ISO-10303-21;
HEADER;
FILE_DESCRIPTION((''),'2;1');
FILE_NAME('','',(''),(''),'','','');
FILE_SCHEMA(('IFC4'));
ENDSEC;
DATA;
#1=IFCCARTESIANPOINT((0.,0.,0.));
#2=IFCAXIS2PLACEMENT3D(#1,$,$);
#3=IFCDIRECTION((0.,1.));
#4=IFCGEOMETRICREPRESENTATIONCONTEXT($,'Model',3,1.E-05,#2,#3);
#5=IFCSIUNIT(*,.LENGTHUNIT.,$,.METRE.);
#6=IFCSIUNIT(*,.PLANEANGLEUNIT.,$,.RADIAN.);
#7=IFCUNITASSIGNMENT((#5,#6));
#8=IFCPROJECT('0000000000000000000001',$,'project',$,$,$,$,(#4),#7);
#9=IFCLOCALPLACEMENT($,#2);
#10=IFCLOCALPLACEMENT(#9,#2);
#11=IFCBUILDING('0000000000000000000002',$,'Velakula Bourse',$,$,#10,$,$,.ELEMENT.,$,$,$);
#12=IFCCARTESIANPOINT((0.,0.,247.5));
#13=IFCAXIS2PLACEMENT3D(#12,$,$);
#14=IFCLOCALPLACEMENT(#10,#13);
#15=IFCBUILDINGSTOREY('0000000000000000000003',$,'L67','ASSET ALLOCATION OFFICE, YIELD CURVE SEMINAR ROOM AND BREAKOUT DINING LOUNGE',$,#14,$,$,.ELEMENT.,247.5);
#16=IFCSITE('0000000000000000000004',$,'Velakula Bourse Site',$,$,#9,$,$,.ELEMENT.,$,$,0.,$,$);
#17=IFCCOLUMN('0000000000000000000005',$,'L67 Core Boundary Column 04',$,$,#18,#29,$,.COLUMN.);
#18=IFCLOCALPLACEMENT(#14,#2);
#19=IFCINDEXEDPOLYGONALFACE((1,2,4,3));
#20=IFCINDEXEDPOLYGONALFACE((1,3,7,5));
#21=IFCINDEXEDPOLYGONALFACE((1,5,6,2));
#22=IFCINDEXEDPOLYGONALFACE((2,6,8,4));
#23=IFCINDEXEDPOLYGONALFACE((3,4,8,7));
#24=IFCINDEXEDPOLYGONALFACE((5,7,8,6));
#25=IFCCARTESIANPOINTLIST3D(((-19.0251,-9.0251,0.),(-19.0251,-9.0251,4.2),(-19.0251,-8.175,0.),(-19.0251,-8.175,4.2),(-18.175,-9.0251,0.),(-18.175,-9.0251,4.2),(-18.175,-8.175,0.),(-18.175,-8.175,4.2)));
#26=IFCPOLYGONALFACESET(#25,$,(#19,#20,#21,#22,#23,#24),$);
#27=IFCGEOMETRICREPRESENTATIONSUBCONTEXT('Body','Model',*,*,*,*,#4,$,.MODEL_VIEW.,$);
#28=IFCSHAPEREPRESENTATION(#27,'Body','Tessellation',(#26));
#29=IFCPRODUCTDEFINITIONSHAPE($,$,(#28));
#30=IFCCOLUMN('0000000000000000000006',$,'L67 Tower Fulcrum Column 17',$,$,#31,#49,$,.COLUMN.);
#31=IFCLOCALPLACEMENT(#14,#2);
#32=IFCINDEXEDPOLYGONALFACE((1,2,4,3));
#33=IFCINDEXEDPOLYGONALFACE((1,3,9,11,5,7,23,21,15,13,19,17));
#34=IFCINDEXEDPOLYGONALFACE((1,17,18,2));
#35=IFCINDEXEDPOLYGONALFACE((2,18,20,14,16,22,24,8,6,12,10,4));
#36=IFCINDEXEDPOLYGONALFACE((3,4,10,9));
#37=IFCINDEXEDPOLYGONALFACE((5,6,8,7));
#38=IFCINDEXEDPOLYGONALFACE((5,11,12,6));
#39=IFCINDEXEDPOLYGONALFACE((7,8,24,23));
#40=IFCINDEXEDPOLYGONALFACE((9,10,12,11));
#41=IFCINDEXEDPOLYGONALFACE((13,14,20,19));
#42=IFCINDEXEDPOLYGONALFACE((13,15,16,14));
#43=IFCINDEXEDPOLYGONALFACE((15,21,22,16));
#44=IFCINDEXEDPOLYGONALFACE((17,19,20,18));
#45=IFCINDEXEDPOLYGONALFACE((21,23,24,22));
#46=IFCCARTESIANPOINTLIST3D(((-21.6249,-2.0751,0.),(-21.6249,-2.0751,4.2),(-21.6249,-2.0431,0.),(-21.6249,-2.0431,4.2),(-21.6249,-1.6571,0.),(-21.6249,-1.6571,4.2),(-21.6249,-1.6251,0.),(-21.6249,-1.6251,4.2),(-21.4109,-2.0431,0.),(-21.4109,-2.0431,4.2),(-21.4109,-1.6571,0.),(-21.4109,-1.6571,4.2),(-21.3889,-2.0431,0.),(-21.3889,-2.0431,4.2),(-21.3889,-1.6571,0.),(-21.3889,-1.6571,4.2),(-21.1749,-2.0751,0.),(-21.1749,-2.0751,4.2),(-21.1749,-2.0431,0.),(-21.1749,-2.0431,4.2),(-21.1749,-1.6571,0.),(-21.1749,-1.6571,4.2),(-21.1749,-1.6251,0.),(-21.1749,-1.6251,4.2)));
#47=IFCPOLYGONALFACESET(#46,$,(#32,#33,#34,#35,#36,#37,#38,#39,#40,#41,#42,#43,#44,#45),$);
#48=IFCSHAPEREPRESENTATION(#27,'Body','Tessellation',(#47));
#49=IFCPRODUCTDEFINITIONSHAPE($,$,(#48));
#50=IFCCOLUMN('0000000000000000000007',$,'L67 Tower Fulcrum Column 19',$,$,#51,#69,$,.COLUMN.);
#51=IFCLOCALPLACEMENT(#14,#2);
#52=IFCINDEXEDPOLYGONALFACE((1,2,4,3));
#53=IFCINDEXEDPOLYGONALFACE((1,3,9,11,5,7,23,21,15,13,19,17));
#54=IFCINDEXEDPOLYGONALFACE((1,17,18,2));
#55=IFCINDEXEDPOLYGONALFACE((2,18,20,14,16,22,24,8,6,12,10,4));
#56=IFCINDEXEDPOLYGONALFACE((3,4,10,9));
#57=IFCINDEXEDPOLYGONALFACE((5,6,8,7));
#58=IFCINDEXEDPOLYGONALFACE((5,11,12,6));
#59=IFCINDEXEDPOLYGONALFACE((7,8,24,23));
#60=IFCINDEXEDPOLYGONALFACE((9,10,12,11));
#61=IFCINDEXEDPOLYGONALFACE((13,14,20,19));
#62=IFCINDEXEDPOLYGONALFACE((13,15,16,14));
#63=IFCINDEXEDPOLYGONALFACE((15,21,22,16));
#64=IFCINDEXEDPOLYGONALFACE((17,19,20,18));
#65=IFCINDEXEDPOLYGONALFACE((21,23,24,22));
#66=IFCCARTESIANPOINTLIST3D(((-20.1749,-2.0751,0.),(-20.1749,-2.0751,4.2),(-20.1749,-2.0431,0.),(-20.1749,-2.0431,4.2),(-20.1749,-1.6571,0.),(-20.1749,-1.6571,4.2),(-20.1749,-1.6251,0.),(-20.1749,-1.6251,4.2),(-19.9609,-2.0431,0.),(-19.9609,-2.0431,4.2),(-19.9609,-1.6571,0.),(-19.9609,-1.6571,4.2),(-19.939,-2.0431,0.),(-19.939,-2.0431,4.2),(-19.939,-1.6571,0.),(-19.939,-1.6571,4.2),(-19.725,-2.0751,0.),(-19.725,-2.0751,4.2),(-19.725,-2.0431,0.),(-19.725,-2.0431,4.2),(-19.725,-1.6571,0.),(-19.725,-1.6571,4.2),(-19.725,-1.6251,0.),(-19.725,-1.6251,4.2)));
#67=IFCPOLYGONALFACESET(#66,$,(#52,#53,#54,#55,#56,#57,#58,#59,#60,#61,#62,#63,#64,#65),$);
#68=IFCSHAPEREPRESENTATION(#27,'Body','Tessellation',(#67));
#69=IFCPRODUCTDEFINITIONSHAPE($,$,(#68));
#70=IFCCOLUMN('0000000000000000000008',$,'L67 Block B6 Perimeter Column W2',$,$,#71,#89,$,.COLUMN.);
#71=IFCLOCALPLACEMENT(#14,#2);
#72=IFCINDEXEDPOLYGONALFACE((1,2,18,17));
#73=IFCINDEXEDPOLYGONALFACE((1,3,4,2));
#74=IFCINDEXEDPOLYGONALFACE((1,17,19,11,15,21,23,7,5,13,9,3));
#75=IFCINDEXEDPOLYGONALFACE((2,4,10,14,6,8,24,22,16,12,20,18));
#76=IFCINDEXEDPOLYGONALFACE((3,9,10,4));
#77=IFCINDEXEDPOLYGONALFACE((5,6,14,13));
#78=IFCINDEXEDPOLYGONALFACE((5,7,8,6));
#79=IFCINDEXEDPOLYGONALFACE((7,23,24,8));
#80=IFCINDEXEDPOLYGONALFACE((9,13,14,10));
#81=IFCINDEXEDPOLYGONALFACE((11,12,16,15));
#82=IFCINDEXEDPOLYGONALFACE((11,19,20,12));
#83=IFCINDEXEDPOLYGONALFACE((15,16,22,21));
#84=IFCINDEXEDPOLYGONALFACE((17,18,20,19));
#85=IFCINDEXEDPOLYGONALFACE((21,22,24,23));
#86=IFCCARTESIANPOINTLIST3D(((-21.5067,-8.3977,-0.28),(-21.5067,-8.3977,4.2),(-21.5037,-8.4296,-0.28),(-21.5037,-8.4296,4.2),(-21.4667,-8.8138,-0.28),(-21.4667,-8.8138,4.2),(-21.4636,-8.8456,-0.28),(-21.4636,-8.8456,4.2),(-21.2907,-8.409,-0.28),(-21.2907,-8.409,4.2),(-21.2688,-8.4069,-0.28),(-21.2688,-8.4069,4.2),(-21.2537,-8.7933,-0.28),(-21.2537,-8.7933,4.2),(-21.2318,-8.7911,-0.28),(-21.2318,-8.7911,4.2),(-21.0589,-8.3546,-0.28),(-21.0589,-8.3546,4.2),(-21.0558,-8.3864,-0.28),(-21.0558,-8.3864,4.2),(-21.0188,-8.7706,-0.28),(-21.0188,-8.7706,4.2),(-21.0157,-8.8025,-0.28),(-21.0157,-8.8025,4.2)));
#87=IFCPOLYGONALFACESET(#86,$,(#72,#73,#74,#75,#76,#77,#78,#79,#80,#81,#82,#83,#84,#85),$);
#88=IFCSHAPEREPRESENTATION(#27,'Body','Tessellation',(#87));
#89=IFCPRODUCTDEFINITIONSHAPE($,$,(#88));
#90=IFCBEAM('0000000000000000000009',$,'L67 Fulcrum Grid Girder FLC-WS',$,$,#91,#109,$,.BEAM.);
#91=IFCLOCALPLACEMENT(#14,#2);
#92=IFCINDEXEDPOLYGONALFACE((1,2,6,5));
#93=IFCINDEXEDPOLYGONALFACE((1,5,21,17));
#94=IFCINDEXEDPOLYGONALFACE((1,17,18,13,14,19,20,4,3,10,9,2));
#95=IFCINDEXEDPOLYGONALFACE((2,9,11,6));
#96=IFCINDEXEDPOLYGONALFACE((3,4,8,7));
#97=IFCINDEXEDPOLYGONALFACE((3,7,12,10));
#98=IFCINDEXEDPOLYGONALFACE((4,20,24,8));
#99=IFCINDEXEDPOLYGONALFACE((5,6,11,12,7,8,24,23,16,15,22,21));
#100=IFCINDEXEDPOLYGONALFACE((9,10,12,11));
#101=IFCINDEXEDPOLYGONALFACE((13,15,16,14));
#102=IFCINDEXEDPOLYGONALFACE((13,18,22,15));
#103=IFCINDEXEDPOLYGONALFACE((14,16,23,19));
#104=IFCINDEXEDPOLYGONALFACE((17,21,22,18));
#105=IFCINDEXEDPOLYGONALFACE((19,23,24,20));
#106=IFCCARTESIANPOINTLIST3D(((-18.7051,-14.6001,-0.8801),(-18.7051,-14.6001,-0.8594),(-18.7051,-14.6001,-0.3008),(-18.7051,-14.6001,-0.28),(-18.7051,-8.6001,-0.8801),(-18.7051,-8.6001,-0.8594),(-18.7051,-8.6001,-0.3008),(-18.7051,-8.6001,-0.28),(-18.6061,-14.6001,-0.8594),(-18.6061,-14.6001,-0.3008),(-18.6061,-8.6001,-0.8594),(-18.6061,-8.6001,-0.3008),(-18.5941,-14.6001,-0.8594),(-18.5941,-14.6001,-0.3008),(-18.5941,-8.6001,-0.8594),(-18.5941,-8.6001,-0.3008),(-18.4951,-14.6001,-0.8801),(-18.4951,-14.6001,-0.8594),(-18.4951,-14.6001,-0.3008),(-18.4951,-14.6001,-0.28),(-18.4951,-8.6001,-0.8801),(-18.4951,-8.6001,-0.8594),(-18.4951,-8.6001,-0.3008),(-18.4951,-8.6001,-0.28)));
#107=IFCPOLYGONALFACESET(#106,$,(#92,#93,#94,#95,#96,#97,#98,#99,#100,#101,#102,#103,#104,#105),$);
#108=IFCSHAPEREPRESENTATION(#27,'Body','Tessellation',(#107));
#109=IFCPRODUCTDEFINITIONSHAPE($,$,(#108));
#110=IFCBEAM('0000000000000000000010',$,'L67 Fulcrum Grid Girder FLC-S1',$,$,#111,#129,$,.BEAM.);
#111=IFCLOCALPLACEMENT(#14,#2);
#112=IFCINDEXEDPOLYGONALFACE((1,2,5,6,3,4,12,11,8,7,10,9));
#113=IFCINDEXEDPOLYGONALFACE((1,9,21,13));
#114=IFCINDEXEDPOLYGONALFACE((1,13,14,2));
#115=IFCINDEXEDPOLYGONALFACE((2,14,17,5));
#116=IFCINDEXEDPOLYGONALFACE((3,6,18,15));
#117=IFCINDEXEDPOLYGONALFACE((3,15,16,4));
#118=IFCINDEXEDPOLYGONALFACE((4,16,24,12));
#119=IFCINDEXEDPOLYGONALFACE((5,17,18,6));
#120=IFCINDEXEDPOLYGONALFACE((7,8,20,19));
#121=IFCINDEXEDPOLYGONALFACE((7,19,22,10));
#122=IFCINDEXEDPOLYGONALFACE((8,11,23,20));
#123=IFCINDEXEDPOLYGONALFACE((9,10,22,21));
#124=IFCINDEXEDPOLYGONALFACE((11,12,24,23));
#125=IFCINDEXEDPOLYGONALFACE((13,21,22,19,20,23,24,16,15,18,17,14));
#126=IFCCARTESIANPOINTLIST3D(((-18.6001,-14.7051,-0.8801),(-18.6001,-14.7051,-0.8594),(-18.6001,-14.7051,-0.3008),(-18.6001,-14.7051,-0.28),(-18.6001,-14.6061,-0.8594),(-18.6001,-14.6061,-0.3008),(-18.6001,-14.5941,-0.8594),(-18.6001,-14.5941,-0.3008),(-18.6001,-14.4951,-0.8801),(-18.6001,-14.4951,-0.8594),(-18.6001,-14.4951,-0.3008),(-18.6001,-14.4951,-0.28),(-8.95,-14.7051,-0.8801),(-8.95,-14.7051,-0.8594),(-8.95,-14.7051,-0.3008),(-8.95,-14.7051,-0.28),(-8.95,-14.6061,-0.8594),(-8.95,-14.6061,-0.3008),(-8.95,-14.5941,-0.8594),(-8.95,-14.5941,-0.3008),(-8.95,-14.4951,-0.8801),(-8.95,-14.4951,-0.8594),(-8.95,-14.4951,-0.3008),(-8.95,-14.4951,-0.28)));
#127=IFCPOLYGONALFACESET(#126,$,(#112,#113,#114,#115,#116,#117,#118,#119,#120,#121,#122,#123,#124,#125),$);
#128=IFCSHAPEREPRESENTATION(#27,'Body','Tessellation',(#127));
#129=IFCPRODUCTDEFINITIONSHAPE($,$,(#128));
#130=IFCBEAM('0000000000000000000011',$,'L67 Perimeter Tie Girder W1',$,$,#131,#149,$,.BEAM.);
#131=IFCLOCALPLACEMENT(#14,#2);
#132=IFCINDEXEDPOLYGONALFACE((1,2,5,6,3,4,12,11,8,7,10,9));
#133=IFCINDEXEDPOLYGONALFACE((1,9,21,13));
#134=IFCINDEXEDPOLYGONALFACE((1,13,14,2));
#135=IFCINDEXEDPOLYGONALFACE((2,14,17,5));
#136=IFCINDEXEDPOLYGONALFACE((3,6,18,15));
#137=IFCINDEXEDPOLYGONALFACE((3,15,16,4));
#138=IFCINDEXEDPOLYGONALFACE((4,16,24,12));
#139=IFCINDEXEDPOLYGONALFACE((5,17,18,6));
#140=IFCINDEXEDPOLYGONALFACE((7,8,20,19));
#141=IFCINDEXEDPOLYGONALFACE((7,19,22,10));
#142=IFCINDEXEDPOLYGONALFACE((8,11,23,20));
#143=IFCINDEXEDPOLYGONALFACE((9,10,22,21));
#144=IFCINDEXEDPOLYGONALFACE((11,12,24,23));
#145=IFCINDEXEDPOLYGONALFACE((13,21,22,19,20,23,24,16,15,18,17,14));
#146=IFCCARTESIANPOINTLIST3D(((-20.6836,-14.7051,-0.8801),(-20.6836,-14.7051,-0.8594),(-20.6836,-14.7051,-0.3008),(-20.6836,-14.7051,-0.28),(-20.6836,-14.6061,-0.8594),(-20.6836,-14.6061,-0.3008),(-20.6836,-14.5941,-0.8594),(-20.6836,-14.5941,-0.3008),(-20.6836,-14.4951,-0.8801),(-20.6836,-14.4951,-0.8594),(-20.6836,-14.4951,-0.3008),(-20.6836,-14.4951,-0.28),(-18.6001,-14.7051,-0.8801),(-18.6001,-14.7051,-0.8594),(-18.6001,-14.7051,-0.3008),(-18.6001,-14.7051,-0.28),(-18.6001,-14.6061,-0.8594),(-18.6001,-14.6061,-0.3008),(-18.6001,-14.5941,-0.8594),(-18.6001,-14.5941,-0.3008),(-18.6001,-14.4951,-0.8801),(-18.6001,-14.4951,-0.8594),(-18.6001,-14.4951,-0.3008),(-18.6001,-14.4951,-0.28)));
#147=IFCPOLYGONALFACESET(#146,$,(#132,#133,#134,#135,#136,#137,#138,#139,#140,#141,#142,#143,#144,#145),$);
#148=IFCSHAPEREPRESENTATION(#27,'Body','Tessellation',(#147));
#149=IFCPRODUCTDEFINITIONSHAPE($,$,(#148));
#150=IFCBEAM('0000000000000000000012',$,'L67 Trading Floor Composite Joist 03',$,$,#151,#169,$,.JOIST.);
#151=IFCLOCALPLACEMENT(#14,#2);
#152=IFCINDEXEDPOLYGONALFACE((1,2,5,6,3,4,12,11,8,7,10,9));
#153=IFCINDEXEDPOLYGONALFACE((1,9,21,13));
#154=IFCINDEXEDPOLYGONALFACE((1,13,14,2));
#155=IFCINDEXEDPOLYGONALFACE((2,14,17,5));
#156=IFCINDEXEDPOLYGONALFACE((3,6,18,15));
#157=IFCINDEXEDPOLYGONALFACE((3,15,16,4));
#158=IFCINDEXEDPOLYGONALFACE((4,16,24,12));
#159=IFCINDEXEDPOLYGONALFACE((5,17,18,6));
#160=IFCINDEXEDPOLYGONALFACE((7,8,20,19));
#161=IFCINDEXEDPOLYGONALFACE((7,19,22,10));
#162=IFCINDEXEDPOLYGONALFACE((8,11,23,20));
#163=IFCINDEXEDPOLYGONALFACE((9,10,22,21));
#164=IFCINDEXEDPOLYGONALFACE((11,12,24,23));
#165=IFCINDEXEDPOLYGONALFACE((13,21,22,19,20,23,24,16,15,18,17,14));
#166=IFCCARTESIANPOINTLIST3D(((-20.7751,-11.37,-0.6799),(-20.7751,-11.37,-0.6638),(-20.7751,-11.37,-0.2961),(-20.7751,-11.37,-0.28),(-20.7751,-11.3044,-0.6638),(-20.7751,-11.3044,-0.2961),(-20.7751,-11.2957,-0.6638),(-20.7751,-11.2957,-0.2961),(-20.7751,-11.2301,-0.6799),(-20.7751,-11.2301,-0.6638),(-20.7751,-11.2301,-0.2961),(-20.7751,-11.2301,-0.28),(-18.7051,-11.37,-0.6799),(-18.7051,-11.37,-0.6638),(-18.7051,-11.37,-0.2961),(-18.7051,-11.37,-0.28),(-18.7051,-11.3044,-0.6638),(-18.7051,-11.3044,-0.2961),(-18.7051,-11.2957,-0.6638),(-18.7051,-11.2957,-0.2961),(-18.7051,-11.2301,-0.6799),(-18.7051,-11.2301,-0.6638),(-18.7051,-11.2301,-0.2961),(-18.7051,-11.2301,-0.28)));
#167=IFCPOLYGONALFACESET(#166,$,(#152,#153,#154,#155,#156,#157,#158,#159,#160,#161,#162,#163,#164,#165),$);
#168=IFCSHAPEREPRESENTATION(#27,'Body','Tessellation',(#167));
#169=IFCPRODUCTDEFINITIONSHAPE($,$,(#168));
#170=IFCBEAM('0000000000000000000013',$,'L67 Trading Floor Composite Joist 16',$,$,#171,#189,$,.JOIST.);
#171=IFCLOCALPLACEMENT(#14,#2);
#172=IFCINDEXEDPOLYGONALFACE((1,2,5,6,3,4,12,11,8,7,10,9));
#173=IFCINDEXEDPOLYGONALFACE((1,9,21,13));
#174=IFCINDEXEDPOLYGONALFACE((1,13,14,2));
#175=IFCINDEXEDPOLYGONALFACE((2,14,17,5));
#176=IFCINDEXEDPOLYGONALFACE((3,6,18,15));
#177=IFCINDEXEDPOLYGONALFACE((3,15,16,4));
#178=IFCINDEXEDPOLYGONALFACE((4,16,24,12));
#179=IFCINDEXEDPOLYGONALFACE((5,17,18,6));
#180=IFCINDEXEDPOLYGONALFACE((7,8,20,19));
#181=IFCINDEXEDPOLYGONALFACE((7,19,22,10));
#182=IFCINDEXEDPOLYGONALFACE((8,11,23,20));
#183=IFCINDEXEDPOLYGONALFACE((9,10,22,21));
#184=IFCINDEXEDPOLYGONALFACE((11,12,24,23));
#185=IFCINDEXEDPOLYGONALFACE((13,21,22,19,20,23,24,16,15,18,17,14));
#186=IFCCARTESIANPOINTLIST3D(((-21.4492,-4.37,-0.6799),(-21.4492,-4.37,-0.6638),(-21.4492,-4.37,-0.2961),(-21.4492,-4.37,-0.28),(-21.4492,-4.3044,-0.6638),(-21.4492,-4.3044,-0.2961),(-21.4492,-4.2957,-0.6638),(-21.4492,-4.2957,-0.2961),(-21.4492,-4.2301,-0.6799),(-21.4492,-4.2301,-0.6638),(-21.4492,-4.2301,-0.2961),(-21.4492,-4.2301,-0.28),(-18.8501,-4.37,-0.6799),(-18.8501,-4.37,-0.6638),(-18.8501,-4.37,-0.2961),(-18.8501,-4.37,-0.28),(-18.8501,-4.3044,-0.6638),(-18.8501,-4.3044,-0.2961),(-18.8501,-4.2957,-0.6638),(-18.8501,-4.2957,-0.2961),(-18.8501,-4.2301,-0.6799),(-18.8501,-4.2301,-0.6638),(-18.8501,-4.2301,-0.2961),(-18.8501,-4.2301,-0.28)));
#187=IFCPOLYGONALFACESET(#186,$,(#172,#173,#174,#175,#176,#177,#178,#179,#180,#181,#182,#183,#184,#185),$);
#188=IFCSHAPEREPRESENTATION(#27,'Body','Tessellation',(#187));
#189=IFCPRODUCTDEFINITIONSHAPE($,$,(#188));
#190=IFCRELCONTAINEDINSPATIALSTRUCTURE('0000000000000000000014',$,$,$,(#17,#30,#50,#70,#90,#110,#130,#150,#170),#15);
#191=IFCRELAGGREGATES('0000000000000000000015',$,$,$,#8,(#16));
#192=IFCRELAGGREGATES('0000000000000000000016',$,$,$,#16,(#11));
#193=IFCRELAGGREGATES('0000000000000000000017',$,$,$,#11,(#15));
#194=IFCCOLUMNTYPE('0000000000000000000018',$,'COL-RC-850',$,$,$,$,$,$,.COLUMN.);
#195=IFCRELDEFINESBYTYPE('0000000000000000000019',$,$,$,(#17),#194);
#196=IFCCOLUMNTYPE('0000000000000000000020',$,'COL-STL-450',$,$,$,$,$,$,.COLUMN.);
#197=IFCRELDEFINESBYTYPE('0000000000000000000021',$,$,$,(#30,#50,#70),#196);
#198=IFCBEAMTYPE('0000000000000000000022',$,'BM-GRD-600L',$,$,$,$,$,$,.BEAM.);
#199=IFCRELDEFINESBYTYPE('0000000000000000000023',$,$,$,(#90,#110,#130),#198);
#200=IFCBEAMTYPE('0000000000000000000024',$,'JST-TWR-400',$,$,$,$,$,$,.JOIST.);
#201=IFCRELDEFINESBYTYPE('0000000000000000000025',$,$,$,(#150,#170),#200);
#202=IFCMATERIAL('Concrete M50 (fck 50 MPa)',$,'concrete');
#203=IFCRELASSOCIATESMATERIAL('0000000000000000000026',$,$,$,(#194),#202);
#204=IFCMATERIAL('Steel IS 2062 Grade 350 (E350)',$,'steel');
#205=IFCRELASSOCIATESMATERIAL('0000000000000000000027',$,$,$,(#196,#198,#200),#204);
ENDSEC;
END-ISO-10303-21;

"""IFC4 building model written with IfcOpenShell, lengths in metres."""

from ifc_helpers import new_model, si_unit, direction, frame, origin, origin_2d, place, context, subcontext, project, spatial, rectangle, i_section, extrude, material, material_profile, profile_set, type_object, element, save


model = new_model("IFC4")

# Units and contexts
model_context = context("Model", 3, precision=1e-05, world=origin(), true_north=direction((0.0, 1.0)))
body_context = subcontext(model_context, "Body", "Model", "MODEL_VIEW")
ifc_project = project(units=[si_unit("LENGTHUNIT", "METRE"), si_unit("PLANEANGLEUNIT", "RADIAN")], contexts=[model_context])

# Site, building, storey
site_placement = place(None, origin())
site = spatial("IfcSite", under=ifc_project, at=site_placement, Name="Velakula Bourse Site", CompositionType="ELEMENT", RefElevation=0.0)
building_placement = place(site_placement, origin())
building = spatial("IfcBuilding", under=site, at=building_placement, Name="Velakula Bourse", CompositionType="ELEMENT")
storey_placement = place(building_placement, frame((0.0, 0.0, 247.5)))
storey = spatial("IfcBuildingStorey", under=building, at=storey_placement, Name="L67", Description="ASSET ALLOCATION OFFICE, YIELD CURVE SEMINAR ROOM AND BREAKOUT DINING LOUNGE", CompositionType="ELEMENT", Elevation=247.5)

# Columns
ifc_material_1 = material(Name="Concrete M50 (fck 50 MPa)", Category="concrete")
ifc_material_profile_1 = material_profile(ifc_material_1, rectangle(XDim=0.8501, YDim=0.8501, at=origin_2d()), Name="Concrete M50 (fck 50 MPa)")
ifc_profile_set_1 = profile_set([ifc_material_profile_1], Name="Concrete M50 (fck 50 MPa)")
column_type_1 = type_object("IfcColumnType", Name="COL-RC-850", PredefinedType="COLUMN", material=ifc_profile_set_1)
column_1_placement = place(storey_placement, frame((-18.6001, -8.6001, 0.0), z_axis=(0.0, 0.0, 1.0), x_axis=(1.0, 0.0, 0.0)))
element("IfcColumn", 1, at=column_1_placement, inside=storey, type_object=column_type_1, Name="L67 Core Boundary Column 04", PredefinedType="COLUMN", context=body_context, shape_type="SweptSolid", body=[
    extrude(rectangle(XDim=0.8501, YDim=0.8501, at=origin_2d()), origin(), (0.0, 0.0, 1.0), 4.2),
])
ifc_material_2 = material(Name="Steel IS 2062 Grade 350 (E350)", Category="steel")
ifc_material_profile_2 = material_profile(ifc_material_2, i_section(OverallWidth=0.45, OverallDepth=0.45, WebThickness=0.022, FlangeThickness=0.032, at=origin_2d()), Name="Steel IS 2062 Grade 350 (E350)")
ifc_profile_set_2 = profile_set([ifc_material_profile_2], Name="Steel IS 2062 Grade 350 (E350)")
column_type_2 = type_object("IfcColumnType", Name="COL-STL-450", PredefinedType="COLUMN", material=ifc_profile_set_2)
for number, where, z_axis, x_axis, name in (
    (2, (-21.3999, -1.8501, 0.0), (0.0, 0.0, 1.0), (1.0, 0.0, 0.0), "L67 Tower Fulcrum Column 17"),
    (3, (-19.95, -1.8501, 0.0), (0.0, 0.0, 1.0), (1.0, 0.0, 0.0), "L67 Tower Fulcrum Column 19"),
):
    element("IfcColumn", number, at=place(storey_placement, frame(where, z_axis=z_axis, x_axis=x_axis)), inside=storey, type_object=column_type_2, Name=name, PredefinedType="COLUMN", context=body_context, shape_type="SweptSolid", body=[
        extrude(i_section(OverallWidth=0.45, OverallDepth=0.45, WebThickness=0.022, FlangeThickness=0.032, at=origin_2d()), origin(), (0.0, 0.0, 1.0), 4.2),
    ])
column_2_placement = place(storey_placement, frame((-21.2612, -8.6001, -0.28), z_axis=(0.0, 0.0, 1.0), x_axis=(0.995396, 0.095846, 0.0)))
element("IfcColumn", 4, at=column_2_placement, inside=storey, type_object=column_type_2, Name="L67 Block B6 Perimeter Column W2", PredefinedType="COLUMN", context=body_context, shape_type="SweptSolid", body=[
    extrude(i_section(OverallWidth=0.45, OverallDepth=0.45, WebThickness=0.022, FlangeThickness=0.032, at=origin_2d()), origin(), (0.0, 0.0, 1.0), 4.48),
])

# Beams
ifc_material_profile_3 = material_profile(ifc_material_2, i_section(OverallWidth=0.21, OverallDepth=0.6001, WebThickness=0.012, FlangeThickness=0.0208, at=origin_2d()), Name="Steel IS 2062 Grade 350 (E350)")
ifc_profile_set_3 = profile_set([ifc_material_profile_3], Name="Steel IS 2062 Grade 350 (E350)")
beam_type_1 = type_object("IfcBeamType", Name="BM-GRD-600L", PredefinedType="BEAM", material=ifc_profile_set_3)
beam_1_placement = place(storey_placement, frame((-18.6001, -14.6001, -0.5801), z_axis=(0.0, 1.0, 0.0), x_axis=(-1.0, 0.0, 0.0)))
element("IfcBeam", 5, at=beam_1_placement, inside=storey, type_object=beam_type_1, Name="L67 Fulcrum Grid Girder FLC-WS", PredefinedType="BEAM", context=body_context, shape_type="SweptSolid", body=[
    extrude(i_section(OverallWidth=0.21, OverallDepth=0.6001, WebThickness=0.012, FlangeThickness=0.0208, at=origin_2d()), origin(), (0.0, 0.0, 1.0), 6.0),
])
beam_2_placement = place(storey_placement, frame((-18.6001, -14.6001, -0.5801), z_axis=(1.0, 0.0, 0.0), x_axis=(0.0, 1.0, 0.0)))
element("IfcBeam", 6, at=beam_2_placement, inside=storey, type_object=beam_type_1, Name="L67 Fulcrum Grid Girder FLC-S1", PredefinedType="BEAM", context=body_context, shape_type="SweptSolid", body=[
    extrude(i_section(OverallWidth=0.21, OverallDepth=0.6001, WebThickness=0.012, FlangeThickness=0.0208, at=origin_2d()), origin(), (0.0, 0.0, 1.0), 9.6501),
])
beam_3_placement = place(storey_placement, frame((-18.6001, -14.6001, -0.5801), z_axis=(-1.0, 0.0, 0.0), x_axis=(0.0, -1.0, 0.0)))
element("IfcBeam", 7, at=beam_3_placement, inside=storey, type_object=beam_type_1, Name="L67 Perimeter Tie Girder W1", PredefinedType="BEAM", context=body_context, shape_type="SweptSolid", body=[
    extrude(i_section(OverallWidth=0.21, OverallDepth=0.6001, WebThickness=0.012, FlangeThickness=0.0208, at=origin_2d()), origin(), (0.0, 0.0, 1.0), 2.0835),
])
ifc_material_profile_4 = material_profile(ifc_material_2, i_section(OverallWidth=0.1399, OverallDepth=0.3999, WebThickness=0.0088, FlangeThickness=0.0161, at=origin_2d()), Name="Steel IS 2062 Grade 350 (E350)")
ifc_profile_set_4 = profile_set([ifc_material_profile_4], Name="Steel IS 2062 Grade 350 (E350)")
beam_type_2 = type_object("IfcBeamType", Name="JST-TWR-400", PredefinedType="JOIST", material=ifc_profile_set_4)
beam_4_placement = place(storey_placement, frame((-20.7751, -11.3, -0.48), z_axis=(1.0, 0.0, 0.0), x_axis=(0.0, 1.0, 0.0)))
element("IfcBeam", 8, at=beam_4_placement, inside=storey, type_object=beam_type_2, Name="L67 Trading Floor Composite Joist 03", PredefinedType="JOIST", context=body_context, shape_type="SweptSolid", body=[
    extrude(i_section(OverallWidth=0.1399, OverallDepth=0.3999, WebThickness=0.0088, FlangeThickness=0.0161, at=origin_2d()), origin(), (0.0, 0.0, 1.0), 2.0701),
])
beam_5_placement = place(storey_placement, frame((-21.4492, -4.3, -0.48), z_axis=(1.0, 0.0, 0.0), x_axis=(0.0, 1.0, 0.0)))
element("IfcBeam", 9, at=beam_5_placement, inside=storey, type_object=beam_type_2, Name="L67 Trading Floor Composite Joist 16", PredefinedType="JOIST", context=body_context, shape_type="SweptSolid", body=[
    extrude(i_section(OverallWidth=0.1399, OverallDepth=0.3999, WebThickness=0.0088, FlangeThickness=0.0161, at=origin_2d()), origin(), (0.0, 0.0, 1.0), 2.5991),
])

save(model, "model.ifc")
